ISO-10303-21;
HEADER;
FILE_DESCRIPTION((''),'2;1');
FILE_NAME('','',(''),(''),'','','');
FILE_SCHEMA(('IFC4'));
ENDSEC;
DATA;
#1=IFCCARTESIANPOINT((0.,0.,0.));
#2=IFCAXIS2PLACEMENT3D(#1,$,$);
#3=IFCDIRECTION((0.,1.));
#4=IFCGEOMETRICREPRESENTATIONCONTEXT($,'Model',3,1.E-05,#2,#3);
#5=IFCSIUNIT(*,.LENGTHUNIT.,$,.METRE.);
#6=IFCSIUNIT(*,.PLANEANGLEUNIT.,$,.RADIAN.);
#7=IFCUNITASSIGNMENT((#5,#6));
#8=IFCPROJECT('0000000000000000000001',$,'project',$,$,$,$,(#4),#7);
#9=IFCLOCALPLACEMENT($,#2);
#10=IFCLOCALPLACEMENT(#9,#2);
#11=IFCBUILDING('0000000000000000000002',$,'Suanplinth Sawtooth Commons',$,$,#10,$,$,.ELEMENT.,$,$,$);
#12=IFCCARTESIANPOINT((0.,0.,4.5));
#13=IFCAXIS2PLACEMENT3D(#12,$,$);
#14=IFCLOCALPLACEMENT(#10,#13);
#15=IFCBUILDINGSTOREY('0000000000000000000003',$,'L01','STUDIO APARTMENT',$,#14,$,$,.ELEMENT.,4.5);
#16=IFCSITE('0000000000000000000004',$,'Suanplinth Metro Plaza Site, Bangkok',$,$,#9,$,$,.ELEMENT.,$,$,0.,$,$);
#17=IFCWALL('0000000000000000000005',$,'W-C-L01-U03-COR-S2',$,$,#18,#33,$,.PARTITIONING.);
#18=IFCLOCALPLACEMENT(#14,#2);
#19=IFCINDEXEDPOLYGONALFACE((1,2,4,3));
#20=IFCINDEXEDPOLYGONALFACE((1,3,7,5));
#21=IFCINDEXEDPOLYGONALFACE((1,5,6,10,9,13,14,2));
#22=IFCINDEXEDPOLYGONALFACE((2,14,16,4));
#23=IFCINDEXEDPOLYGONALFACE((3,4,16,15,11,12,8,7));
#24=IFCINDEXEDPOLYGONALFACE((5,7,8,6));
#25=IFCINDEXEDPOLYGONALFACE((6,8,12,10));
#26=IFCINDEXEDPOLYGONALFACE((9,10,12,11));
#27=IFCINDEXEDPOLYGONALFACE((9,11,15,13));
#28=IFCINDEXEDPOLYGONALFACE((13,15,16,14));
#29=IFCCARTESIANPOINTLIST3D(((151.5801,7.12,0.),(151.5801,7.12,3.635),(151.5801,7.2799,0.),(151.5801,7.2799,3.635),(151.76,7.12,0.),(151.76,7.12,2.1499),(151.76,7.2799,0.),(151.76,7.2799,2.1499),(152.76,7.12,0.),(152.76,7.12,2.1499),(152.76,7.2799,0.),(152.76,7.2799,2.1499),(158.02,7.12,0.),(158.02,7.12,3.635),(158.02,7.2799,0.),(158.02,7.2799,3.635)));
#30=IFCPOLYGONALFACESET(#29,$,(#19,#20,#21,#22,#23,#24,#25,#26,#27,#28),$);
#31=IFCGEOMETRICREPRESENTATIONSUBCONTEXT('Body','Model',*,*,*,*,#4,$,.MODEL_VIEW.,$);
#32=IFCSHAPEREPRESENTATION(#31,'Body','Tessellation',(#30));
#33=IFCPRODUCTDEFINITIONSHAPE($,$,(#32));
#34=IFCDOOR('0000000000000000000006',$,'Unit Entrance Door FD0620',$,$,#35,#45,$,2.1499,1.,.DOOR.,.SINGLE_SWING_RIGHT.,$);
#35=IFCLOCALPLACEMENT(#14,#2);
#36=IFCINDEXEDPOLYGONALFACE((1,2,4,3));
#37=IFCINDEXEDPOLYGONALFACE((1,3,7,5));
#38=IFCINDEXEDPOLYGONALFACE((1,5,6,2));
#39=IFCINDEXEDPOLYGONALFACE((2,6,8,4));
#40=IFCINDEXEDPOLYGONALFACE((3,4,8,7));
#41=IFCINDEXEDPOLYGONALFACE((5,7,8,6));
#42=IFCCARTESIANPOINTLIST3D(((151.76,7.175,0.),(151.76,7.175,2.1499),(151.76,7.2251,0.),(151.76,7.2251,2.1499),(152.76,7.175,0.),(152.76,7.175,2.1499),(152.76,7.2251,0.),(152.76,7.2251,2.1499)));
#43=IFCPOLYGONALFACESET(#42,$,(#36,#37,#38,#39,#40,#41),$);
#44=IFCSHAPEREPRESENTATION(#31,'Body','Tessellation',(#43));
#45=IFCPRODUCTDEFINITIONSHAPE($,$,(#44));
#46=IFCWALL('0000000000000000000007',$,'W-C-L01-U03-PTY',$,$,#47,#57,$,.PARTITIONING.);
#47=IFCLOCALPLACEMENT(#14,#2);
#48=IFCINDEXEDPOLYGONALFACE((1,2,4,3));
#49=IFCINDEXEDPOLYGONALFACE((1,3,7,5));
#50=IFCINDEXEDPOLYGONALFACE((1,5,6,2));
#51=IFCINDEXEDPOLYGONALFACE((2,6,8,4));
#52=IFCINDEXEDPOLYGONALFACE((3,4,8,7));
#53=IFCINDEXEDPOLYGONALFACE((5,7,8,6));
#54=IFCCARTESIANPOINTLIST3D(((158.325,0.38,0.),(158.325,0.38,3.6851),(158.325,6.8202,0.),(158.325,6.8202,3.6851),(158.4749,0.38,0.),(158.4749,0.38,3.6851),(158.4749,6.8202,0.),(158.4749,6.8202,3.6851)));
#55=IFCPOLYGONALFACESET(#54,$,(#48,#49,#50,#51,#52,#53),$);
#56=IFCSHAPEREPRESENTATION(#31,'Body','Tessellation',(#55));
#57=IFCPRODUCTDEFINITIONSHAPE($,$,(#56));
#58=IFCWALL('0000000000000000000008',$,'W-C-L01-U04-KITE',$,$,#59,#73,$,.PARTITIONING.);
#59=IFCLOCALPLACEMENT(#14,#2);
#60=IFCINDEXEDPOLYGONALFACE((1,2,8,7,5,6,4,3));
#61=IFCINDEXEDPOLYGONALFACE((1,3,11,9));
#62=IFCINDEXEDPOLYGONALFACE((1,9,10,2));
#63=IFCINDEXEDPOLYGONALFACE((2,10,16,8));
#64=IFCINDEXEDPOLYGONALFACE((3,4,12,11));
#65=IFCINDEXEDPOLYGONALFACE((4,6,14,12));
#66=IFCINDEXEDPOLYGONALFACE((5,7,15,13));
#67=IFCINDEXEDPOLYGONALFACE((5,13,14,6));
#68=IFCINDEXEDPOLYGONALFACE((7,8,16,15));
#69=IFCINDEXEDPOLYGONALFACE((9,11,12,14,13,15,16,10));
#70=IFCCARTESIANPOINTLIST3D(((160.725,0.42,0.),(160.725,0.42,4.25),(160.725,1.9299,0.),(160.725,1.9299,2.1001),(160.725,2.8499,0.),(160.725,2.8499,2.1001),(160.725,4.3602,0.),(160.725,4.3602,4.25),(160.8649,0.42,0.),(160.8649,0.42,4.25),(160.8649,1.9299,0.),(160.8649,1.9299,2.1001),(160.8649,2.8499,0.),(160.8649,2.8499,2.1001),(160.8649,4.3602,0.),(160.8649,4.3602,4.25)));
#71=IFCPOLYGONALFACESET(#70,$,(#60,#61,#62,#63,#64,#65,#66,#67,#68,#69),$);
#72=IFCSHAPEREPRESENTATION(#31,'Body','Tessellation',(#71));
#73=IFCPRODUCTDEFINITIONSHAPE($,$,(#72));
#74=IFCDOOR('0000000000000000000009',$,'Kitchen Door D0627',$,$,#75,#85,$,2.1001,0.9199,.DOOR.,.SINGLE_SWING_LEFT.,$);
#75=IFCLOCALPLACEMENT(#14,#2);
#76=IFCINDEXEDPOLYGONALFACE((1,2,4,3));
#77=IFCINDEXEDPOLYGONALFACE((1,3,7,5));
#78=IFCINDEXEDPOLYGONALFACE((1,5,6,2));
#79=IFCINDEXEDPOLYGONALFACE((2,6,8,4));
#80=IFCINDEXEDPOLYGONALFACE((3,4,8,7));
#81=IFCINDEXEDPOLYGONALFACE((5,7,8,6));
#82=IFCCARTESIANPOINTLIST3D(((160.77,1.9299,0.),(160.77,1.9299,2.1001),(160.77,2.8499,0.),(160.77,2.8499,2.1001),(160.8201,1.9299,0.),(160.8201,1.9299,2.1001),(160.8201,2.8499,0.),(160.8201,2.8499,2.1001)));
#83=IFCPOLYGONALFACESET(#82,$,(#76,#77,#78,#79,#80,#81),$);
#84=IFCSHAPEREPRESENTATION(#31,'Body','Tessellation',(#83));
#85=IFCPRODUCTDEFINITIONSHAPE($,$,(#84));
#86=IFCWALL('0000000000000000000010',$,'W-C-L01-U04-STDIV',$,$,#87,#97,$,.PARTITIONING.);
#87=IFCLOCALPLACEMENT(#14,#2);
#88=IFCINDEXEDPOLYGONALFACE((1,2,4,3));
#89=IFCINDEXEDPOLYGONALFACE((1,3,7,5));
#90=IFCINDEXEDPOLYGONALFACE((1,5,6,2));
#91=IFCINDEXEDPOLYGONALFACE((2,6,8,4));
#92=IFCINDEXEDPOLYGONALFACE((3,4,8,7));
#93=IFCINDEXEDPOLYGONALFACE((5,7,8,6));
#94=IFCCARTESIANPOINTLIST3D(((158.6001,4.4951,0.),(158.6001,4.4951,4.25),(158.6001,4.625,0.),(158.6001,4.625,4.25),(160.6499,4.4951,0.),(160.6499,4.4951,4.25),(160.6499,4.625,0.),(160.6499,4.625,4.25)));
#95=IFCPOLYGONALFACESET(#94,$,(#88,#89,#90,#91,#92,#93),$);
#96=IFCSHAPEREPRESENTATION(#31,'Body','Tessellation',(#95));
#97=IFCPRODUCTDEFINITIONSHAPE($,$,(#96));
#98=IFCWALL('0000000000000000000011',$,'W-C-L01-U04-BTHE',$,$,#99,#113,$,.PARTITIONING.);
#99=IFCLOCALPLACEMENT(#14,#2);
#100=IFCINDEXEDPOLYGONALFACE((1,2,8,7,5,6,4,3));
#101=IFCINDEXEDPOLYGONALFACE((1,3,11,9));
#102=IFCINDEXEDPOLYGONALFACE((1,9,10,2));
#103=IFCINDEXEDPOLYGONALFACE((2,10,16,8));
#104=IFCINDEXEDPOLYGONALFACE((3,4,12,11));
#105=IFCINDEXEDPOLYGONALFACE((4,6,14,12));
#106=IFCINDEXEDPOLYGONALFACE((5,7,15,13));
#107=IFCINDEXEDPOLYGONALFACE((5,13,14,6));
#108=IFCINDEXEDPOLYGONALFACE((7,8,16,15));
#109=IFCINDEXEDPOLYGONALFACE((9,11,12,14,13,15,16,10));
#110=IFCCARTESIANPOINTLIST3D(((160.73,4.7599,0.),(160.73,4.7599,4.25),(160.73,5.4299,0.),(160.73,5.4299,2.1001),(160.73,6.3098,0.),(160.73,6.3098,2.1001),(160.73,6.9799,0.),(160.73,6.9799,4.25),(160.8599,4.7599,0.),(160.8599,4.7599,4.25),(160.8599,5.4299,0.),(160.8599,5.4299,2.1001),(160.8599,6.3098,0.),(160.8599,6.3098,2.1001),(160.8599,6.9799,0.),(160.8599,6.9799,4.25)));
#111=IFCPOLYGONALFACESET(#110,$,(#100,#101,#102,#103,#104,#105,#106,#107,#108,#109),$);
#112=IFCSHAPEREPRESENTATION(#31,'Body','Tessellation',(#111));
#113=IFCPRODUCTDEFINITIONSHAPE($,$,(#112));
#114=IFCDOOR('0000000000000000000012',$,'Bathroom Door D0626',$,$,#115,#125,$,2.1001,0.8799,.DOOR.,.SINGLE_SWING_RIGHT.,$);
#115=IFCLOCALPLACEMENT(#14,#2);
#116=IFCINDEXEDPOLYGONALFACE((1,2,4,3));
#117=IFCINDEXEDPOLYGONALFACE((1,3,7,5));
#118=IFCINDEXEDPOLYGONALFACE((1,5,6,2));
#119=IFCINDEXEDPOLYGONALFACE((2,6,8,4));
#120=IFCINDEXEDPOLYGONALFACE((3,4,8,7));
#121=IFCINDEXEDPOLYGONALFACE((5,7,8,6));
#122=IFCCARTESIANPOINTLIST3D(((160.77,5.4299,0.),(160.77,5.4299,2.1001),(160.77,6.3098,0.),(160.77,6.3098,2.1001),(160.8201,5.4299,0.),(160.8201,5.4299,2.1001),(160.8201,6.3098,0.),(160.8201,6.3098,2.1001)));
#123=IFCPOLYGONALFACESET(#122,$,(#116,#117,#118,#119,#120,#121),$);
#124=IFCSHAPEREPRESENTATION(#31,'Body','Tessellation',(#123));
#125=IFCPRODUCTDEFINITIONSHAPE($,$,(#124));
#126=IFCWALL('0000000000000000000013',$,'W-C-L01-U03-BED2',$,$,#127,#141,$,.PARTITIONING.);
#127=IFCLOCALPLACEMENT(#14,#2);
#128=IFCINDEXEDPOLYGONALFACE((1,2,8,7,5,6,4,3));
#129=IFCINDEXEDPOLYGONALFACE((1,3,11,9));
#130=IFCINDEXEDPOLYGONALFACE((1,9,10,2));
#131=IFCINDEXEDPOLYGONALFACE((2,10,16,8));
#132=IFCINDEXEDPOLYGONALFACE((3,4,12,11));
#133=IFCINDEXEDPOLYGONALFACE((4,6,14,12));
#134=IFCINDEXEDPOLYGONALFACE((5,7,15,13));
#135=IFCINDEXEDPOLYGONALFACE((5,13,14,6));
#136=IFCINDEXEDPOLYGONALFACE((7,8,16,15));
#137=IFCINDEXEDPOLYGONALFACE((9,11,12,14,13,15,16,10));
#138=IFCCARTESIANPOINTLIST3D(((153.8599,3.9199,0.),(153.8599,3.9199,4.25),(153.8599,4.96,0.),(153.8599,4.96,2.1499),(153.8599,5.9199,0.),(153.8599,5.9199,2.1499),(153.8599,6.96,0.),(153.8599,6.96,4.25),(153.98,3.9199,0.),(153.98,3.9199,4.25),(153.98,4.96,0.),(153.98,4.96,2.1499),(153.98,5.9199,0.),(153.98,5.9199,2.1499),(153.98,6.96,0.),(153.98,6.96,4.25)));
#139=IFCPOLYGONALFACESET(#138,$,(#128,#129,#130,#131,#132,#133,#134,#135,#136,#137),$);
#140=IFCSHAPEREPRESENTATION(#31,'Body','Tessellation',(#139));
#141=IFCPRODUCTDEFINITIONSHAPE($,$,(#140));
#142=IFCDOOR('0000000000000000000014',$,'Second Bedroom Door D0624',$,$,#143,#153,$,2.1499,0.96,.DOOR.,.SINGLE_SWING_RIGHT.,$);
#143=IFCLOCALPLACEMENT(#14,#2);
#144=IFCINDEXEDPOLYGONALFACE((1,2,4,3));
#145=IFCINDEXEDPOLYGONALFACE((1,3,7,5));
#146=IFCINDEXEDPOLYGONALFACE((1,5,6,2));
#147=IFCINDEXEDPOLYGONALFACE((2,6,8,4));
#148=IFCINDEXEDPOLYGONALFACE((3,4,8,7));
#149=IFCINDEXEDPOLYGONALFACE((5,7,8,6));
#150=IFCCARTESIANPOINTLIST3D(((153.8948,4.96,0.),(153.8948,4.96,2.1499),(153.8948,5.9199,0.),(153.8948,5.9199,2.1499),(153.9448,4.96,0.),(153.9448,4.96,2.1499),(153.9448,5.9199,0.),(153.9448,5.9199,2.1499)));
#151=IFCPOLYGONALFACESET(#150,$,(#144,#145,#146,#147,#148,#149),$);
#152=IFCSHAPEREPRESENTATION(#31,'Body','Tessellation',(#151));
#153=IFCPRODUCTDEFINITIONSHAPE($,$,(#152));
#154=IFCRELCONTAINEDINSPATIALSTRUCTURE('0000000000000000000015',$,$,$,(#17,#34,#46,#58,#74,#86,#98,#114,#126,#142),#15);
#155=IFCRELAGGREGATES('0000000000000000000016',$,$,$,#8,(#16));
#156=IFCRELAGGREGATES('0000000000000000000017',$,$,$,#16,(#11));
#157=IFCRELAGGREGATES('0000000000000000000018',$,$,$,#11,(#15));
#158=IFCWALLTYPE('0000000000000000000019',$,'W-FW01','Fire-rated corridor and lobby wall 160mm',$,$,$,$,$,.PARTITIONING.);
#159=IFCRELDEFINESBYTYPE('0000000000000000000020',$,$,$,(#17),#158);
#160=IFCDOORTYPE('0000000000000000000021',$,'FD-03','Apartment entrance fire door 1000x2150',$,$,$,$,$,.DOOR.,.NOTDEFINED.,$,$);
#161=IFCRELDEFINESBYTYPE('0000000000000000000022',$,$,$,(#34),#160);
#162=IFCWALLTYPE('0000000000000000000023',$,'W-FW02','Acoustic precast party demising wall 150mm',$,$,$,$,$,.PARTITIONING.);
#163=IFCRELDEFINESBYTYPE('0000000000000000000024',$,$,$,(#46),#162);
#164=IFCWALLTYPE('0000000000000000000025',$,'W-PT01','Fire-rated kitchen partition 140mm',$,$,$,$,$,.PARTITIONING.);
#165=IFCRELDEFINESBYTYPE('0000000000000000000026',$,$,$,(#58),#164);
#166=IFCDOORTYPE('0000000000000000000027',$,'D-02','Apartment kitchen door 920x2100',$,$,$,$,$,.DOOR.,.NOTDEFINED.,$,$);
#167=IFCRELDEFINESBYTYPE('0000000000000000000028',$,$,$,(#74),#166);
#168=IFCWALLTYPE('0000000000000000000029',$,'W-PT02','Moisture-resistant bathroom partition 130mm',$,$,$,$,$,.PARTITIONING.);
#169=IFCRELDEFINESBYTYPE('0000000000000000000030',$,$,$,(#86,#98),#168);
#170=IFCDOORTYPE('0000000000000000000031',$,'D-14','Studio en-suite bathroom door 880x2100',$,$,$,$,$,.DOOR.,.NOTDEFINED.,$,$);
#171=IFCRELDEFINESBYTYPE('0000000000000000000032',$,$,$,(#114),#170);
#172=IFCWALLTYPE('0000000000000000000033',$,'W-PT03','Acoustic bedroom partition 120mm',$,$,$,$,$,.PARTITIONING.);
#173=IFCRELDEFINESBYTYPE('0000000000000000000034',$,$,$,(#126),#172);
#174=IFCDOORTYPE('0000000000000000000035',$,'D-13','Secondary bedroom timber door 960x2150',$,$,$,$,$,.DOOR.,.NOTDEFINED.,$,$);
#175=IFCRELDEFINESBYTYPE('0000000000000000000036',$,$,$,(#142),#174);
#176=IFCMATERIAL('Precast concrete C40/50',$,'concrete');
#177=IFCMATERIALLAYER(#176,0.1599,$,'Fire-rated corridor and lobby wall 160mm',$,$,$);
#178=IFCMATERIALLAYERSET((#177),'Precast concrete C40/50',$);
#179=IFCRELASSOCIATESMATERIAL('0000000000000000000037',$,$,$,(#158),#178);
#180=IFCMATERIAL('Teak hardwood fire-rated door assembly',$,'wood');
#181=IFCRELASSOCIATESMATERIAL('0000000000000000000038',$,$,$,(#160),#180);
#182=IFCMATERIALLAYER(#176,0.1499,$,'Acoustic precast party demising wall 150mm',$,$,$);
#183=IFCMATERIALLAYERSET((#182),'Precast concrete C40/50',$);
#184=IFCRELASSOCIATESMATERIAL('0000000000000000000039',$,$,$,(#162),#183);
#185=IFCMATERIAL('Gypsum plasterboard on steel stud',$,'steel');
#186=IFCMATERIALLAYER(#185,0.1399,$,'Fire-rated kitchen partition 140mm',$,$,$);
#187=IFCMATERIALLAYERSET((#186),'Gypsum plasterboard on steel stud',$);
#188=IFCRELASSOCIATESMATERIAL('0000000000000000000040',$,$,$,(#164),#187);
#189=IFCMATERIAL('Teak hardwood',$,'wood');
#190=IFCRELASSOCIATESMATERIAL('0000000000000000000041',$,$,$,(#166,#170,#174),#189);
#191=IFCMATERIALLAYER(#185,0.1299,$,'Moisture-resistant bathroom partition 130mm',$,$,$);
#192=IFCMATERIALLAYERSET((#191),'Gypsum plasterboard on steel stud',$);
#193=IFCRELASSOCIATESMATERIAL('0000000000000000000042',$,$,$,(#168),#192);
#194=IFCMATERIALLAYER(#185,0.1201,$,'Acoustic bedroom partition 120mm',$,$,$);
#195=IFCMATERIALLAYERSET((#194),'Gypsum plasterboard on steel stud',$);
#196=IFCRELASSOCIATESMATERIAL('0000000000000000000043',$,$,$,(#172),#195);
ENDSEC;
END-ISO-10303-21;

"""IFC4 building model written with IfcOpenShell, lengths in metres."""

from ifc_helpers import new_model, si_unit, direction, frame, frame_2d, origin, place, context, subcontext, project, spatial, rectangle, extrude, material, layer, layer_set, type_object, element, fill, save


model = new_model("IFC4")

# Units and contexts
model_context = context("Model", 3, precision=1e-05, world=origin(), true_north=direction((0.0, 1.0)))
body_context = subcontext(model_context, "Body", "Model", "MODEL_VIEW")
ifc_project = project(units=[si_unit("LENGTHUNIT", "METRE"), si_unit("PLANEANGLEUNIT", "RADIAN")], contexts=[model_context])

# Site, building, storey
site_placement = place(None, origin())
site = spatial("IfcSite", under=ifc_project, at=site_placement, Name="Suanplinth Metro Plaza Site, Bangkok", CompositionType="ELEMENT", RefElevation=0.0)
building_placement = place(site_placement, origin())
building = spatial("IfcBuilding", under=site, at=building_placement, Name="Suanplinth Sawtooth Commons", CompositionType="ELEMENT")
storey_placement = place(building_placement, frame((0.0, 0.0, 4.5)))
storey = spatial("IfcBuildingStorey", under=building, at=storey_placement, Name="L01", Description="STUDIO APARTMENT", CompositionType="ELEMENT", Elevation=4.5)

# Shared definitions
ifc_material_1 = material(Name="Precast concrete C40/50", Category="concrete")

# Wall, opening, door
ifc_layer_1 = layer(ifc_material_1, 0.1599, Name="Fire-rated corridor and lobby wall 160mm")
ifc_layer_set_1 = layer_set([ifc_layer_1], Name="Precast concrete C40/50")
wall_type_1 = type_object("IfcWallType", Name="W-FW01", Description="Fire-rated corridor and lobby wall 160mm", PredefinedType="PARTITIONING", material=ifc_layer_set_1)
wall_1_placement = place(storey_placement, frame((151.5801, 7.2, 0.0), z_axis=(0.0, 0.0, 1.0), x_axis=(1.0, 0.0, 0.0)))
wall_1 = element("IfcWall", 1, at=wall_1_placement, inside=storey, type_object=wall_type_1, Name="W-C-L01-U03-COR-S2", PredefinedType="PARTITIONING", context=body_context, shape_type="SweptSolid", body=[
    extrude(rectangle(XDim=6.4399, YDim=0.1599, at=frame_2d((3.22, 0.0))), origin(), (0.0, 0.0, 1.0), 3.635),
])
opening_1_placement = place(wall_1_placement, frame((0.1799, 0.0, 0.0)))
opening_1 = element("IfcOpeningElement", 2, at=opening_1_placement, cuts=wall_1, PredefinedType="OPENING", context=body_context, shape_type="SweptSolid", body=[
    extrude(rectangle(XDim=1.0, YDim=2.1499, at=frame_2d((0.5, 1.075))), frame((0.0, 0.0947, 0.0), z_axis=(0.0, -1.0, 0.0), x_axis=(1.0, 0.0, 0.0)), (0.0, 0.0, 1.0), 0.1897),
])
ifc_material_2 = material(Name="Teak hardwood fire-rated door assembly", Category="wood")
door_type_1 = type_object("IfcDoorType", Name="FD-03", Description="Apartment entrance fire door 1000x2150", OperationType="NOTDEFINED", PredefinedType="DOOR", material=ifc_material_2)
door_1_placement = place(opening_1_placement, frame((1.0, 0.0, 0.0), z_axis=(0.0, 0.0, 1.0), x_axis=(-1.0, 0.0, 0.0)))
door_1 = element("IfcDoor", 3, at=door_1_placement, inside=storey, type_object=door_type_1, Name="Unit Entrance Door FD0620", OperationType="SINGLE_SWING_RIGHT", OverallHeight=2.1499, OverallWidth=1.0, PredefinedType="DOOR", context=body_context, shape_type="SweptSolid", body=[
    extrude(rectangle(XDim=1.0, YDim=2.1499, at=frame_2d((0.5, 1.075))), frame((0.0, 0.0249, 0.0), z_axis=(0.0, -1.0, 0.0), x_axis=(1.0, 0.0, 0.0)), (0.0, 0.0, 1.0), 0.05),
])
fill(opening_1, door_1)

# Wall
ifc_layer_2 = layer(ifc_material_1, 0.1499, Name="Acoustic precast party demising wall 150mm")
ifc_layer_set_2 = layer_set([ifc_layer_2], Name="Precast concrete C40/50")
wall_type_2 = type_object("IfcWallType", Name="W-FW02", Description="Acoustic precast party demising wall 150mm", PredefinedType="PARTITIONING", material=ifc_layer_set_2)
wall_2_placement = place(storey_placement, frame((158.3999, 0.3799, 0.0), z_axis=(0.0, 0.0, 1.0), x_axis=(0.0, 1.0, 0.0)))
element("IfcWall", 4, at=wall_2_placement, inside=storey, type_object=wall_type_2, Name="W-C-L01-U03-PTY", PredefinedType="PARTITIONING", context=body_context, shape_type="SweptSolid", body=[
    extrude(rectangle(XDim=6.4402, YDim=0.1499, at=frame_2d((3.2202, 0.0))), origin(), (0.0, 0.0, 1.0), 3.6851),
])

# Wall, opening, door
ifc_material_3 = material(Name="Gypsum plasterboard on steel stud", Category="steel")
ifc_layer_3 = layer(ifc_material_3, 0.1399, Name="Fire-rated kitchen partition 140mm")
ifc_layer_set_3 = layer_set([ifc_layer_3], Name="Gypsum plasterboard on steel stud")
wall_type_3 = type_object("IfcWallType", Name="W-PT01", Description="Fire-rated kitchen partition 140mm", PredefinedType="PARTITIONING", material=ifc_layer_set_3)
wall_3_placement = place(storey_placement, frame((160.7949, 0.4199, 0.0), z_axis=(0.0, 0.0, 1.0), x_axis=(0.0, 1.0, 0.0)))
wall_3 = element("IfcWall", 5, at=wall_3_placement, inside=storey, type_object=wall_type_3, Name="W-C-L01-U04-KITE", PredefinedType="PARTITIONING", context=body_context, shape_type="SweptSolid", body=[
    extrude(rectangle(XDim=3.9402, YDim=0.1399, at=frame_2d((1.9702, 0.0))), origin(), (0.0, 0.0, 1.0), 4.25),
])
opening_2_placement = place(wall_3_placement, frame((1.51, 0.0, 0.0)))
opening_2 = element("IfcOpeningElement", 6, at=opening_2_placement, cuts=wall_3, PredefinedType="OPENING", context=body_context, shape_type="SweptSolid", body=[
    extrude(rectangle(XDim=0.9199, YDim=2.1001, at=frame_2d((0.46, 1.05))), frame((0.0, 0.085, 0.0), z_axis=(0.0, -1.0, 0.0), x_axis=(1.0, 0.0, 0.0)), (0.0, 0.0, 1.0), 0.1697),
])
ifc_material_4 = material(Name="Teak hardwood", Category="wood")
door_type_2 = type_object("IfcDoorType", Name="D-02", Description="Apartment kitchen door 920x2100", OperationType="NOTDEFINED", PredefinedType="DOOR", material=ifc_material_4)
door_2_placement = place(opening_2_placement, origin())
door_2 = element("IfcDoor", 7, at=door_2_placement, inside=storey, type_object=door_type_2, Name="Kitchen Door D0627", OperationType="SINGLE_SWING_LEFT", OverallHeight=2.1001, OverallWidth=0.9199, PredefinedType="DOOR", context=body_context, shape_type="SweptSolid", body=[
    extrude(rectangle(XDim=0.9199, YDim=2.1001, at=frame_2d((0.46, 1.05))), frame((0.0, 0.0249, 0.0), z_axis=(0.0, -1.0, 0.0), x_axis=(1.0, 0.0, 0.0)), (0.0, 0.0, 1.0), 0.05),
])
fill(opening_2, door_2)

# Wall
ifc_layer_4 = layer(ifc_material_3, 0.1299, Name="Moisture-resistant bathroom partition 130mm")
ifc_layer_set_4 = layer_set([ifc_layer_4], Name="Gypsum plasterboard on steel stud")
wall_type_4 = type_object("IfcWallType", Name="W-PT02", Description="Moisture-resistant bathroom partition 130mm", PredefinedType="PARTITIONING", material=ifc_layer_set_4)
wall_4_placement = place(storey_placement, frame((158.6001, 4.5601, 0.0), z_axis=(0.0, 0.0, 1.0), x_axis=(1.0, 0.0, 0.0)))
element("IfcWall", 8, at=wall_4_placement, inside=storey, type_object=wall_type_4, Name="W-C-L01-U04-STDIV", PredefinedType="PARTITIONING", context=body_context, shape_type="SweptSolid", body=[
    extrude(rectangle(XDim=2.0498, YDim=0.1299, at=frame_2d((1.0249, 0.0))), origin(), (0.0, 0.0, 1.0), 4.25),
])

# Walls, openings, doors
wall_5_placement = place(storey_placement, frame((160.7949, 4.76, 0.0), z_axis=(0.0, 0.0, 1.0), x_axis=(0.0, 1.0, 0.0)))
wall_5 = element("IfcWall", 9, at=wall_5_placement, inside=storey, type_object=wall_type_4, Name="W-C-L01-U04-BTHE", PredefinedType="PARTITIONING", context=body_context, shape_type="SweptSolid", body=[
    extrude(rectangle(XDim=2.22, YDim=0.1299, at=frame_2d((1.1099, 0.0))), origin(), (0.0, 0.0, 1.0), 4.25),
])
opening_3_placement = place(wall_5_placement, frame((0.6699, 0.0, 0.0)))
opening_3 = element("IfcOpeningElement", 10, at=opening_3_placement, cuts=wall_5, PredefinedType="OPENING", context=body_context, shape_type="SweptSolid", body=[
    extrude(rectangle(XDim=0.8799, YDim=2.1001, at=frame_2d((0.4399, 1.05))), frame((0.0, 0.0798, 0.0), z_axis=(0.0, -1.0, 0.0), x_axis=(1.0, 0.0, 0.0)), (0.0, 0.0, 1.0), 0.1597),
])
door_type_3 = type_object("IfcDoorType", Name="D-14", Description="Studio en-suite bathroom door 880x2100", OperationType="NOTDEFINED", PredefinedType="DOOR", material=ifc_material_4)
door_3_placement = place(opening_3_placement, origin())
door_3 = element("IfcDoor", 11, at=door_3_placement, inside=storey, type_object=door_type_3, Name="Bathroom Door D0626", OperationType="SINGLE_SWING_RIGHT", OverallHeight=2.1001, OverallWidth=0.8799, PredefinedType="DOOR", context=body_context, shape_type="SweptSolid", body=[
    extrude(rectangle(XDim=0.8799, YDim=2.1001, at=frame_2d((0.4399, 1.05))), frame((0.0, 0.0249, 0.0), z_axis=(0.0, -1.0, 0.0), x_axis=(1.0, 0.0, 0.0)), (0.0, 0.0, 1.0), 0.05),
])
fill(opening_3, door_3)
ifc_layer_5 = layer(ifc_material_3, 0.1201, Name="Acoustic bedroom partition 120mm")
ifc_layer_set_5 = layer_set([ifc_layer_5], Name="Gypsum plasterboard on steel stud")
wall_type_5 = type_object("IfcWallType", Name="W-PT03", Description="Acoustic bedroom partition 120mm", PredefinedType="PARTITIONING", material=ifc_layer_set_5)
wall_6_placement = place(storey_placement, frame((153.9199, 3.9199, 0.0), z_axis=(0.0, 0.0, 1.0), x_axis=(0.0, 1.0, 0.0)))
wall_6 = element("IfcWall", 12, at=wall_6_placement, inside=storey, type_object=wall_type_5, Name="W-C-L01-U03-BED2", PredefinedType="PARTITIONING", context=body_context, shape_type="SweptSolid", body=[
    extrude(rectangle(XDim=3.04, YDim=0.1201, at=frame_2d((1.52, 0.0))), origin(), (0.0, 0.0, 1.0), 4.25),
])
opening_4_placement = place(wall_6_placement, frame((1.04, 0.0, 0.0)))
opening_4 = element("IfcOpeningElement", 13, at=opening_4_placement, cuts=wall_6, PredefinedType="OPENING", context=body_context, shape_type="SweptSolid", body=[
    extrude(rectangle(XDim=0.96, YDim=2.1499, at=frame_2d((0.48, 1.075))), frame((0.0, 0.075, 0.0), z_axis=(0.0, -1.0, 0.0), x_axis=(1.0, 0.0, 0.0)), (0.0, 0.0, 1.0), 0.1499),
])
door_type_4 = type_object("IfcDoorType", Name="D-13", Description="Secondary bedroom timber door 960x2150", OperationType="NOTDEFINED", PredefinedType="DOOR", material=ifc_material_4)
door_4_placement = place(opening_4_placement, frame((0.96, 0.0, 0.0), z_axis=(0.0, 0.0, 1.0), x_axis=(-1.0, 0.0, 0.0)))
door_4 = element("IfcDoor", 14, at=door_4_placement, inside=storey, type_object=door_type_4, Name="Second Bedroom Door D0624", OperationType="SINGLE_SWING_RIGHT", OverallHeight=2.1499, OverallWidth=0.96, PredefinedType="DOOR", context=body_context, shape_type="SweptSolid", body=[
    extrude(rectangle(XDim=0.96, YDim=2.1499, at=frame_2d((0.48, 1.075))), frame((0.0, 0.0249, 0.0), z_axis=(0.0, -1.0, 0.0), x_axis=(1.0, 0.0, 0.0)), (0.0, 0.0, 1.0), 0.05),
])
fill(opening_4, door_4)

save(model, "model.ifc")
